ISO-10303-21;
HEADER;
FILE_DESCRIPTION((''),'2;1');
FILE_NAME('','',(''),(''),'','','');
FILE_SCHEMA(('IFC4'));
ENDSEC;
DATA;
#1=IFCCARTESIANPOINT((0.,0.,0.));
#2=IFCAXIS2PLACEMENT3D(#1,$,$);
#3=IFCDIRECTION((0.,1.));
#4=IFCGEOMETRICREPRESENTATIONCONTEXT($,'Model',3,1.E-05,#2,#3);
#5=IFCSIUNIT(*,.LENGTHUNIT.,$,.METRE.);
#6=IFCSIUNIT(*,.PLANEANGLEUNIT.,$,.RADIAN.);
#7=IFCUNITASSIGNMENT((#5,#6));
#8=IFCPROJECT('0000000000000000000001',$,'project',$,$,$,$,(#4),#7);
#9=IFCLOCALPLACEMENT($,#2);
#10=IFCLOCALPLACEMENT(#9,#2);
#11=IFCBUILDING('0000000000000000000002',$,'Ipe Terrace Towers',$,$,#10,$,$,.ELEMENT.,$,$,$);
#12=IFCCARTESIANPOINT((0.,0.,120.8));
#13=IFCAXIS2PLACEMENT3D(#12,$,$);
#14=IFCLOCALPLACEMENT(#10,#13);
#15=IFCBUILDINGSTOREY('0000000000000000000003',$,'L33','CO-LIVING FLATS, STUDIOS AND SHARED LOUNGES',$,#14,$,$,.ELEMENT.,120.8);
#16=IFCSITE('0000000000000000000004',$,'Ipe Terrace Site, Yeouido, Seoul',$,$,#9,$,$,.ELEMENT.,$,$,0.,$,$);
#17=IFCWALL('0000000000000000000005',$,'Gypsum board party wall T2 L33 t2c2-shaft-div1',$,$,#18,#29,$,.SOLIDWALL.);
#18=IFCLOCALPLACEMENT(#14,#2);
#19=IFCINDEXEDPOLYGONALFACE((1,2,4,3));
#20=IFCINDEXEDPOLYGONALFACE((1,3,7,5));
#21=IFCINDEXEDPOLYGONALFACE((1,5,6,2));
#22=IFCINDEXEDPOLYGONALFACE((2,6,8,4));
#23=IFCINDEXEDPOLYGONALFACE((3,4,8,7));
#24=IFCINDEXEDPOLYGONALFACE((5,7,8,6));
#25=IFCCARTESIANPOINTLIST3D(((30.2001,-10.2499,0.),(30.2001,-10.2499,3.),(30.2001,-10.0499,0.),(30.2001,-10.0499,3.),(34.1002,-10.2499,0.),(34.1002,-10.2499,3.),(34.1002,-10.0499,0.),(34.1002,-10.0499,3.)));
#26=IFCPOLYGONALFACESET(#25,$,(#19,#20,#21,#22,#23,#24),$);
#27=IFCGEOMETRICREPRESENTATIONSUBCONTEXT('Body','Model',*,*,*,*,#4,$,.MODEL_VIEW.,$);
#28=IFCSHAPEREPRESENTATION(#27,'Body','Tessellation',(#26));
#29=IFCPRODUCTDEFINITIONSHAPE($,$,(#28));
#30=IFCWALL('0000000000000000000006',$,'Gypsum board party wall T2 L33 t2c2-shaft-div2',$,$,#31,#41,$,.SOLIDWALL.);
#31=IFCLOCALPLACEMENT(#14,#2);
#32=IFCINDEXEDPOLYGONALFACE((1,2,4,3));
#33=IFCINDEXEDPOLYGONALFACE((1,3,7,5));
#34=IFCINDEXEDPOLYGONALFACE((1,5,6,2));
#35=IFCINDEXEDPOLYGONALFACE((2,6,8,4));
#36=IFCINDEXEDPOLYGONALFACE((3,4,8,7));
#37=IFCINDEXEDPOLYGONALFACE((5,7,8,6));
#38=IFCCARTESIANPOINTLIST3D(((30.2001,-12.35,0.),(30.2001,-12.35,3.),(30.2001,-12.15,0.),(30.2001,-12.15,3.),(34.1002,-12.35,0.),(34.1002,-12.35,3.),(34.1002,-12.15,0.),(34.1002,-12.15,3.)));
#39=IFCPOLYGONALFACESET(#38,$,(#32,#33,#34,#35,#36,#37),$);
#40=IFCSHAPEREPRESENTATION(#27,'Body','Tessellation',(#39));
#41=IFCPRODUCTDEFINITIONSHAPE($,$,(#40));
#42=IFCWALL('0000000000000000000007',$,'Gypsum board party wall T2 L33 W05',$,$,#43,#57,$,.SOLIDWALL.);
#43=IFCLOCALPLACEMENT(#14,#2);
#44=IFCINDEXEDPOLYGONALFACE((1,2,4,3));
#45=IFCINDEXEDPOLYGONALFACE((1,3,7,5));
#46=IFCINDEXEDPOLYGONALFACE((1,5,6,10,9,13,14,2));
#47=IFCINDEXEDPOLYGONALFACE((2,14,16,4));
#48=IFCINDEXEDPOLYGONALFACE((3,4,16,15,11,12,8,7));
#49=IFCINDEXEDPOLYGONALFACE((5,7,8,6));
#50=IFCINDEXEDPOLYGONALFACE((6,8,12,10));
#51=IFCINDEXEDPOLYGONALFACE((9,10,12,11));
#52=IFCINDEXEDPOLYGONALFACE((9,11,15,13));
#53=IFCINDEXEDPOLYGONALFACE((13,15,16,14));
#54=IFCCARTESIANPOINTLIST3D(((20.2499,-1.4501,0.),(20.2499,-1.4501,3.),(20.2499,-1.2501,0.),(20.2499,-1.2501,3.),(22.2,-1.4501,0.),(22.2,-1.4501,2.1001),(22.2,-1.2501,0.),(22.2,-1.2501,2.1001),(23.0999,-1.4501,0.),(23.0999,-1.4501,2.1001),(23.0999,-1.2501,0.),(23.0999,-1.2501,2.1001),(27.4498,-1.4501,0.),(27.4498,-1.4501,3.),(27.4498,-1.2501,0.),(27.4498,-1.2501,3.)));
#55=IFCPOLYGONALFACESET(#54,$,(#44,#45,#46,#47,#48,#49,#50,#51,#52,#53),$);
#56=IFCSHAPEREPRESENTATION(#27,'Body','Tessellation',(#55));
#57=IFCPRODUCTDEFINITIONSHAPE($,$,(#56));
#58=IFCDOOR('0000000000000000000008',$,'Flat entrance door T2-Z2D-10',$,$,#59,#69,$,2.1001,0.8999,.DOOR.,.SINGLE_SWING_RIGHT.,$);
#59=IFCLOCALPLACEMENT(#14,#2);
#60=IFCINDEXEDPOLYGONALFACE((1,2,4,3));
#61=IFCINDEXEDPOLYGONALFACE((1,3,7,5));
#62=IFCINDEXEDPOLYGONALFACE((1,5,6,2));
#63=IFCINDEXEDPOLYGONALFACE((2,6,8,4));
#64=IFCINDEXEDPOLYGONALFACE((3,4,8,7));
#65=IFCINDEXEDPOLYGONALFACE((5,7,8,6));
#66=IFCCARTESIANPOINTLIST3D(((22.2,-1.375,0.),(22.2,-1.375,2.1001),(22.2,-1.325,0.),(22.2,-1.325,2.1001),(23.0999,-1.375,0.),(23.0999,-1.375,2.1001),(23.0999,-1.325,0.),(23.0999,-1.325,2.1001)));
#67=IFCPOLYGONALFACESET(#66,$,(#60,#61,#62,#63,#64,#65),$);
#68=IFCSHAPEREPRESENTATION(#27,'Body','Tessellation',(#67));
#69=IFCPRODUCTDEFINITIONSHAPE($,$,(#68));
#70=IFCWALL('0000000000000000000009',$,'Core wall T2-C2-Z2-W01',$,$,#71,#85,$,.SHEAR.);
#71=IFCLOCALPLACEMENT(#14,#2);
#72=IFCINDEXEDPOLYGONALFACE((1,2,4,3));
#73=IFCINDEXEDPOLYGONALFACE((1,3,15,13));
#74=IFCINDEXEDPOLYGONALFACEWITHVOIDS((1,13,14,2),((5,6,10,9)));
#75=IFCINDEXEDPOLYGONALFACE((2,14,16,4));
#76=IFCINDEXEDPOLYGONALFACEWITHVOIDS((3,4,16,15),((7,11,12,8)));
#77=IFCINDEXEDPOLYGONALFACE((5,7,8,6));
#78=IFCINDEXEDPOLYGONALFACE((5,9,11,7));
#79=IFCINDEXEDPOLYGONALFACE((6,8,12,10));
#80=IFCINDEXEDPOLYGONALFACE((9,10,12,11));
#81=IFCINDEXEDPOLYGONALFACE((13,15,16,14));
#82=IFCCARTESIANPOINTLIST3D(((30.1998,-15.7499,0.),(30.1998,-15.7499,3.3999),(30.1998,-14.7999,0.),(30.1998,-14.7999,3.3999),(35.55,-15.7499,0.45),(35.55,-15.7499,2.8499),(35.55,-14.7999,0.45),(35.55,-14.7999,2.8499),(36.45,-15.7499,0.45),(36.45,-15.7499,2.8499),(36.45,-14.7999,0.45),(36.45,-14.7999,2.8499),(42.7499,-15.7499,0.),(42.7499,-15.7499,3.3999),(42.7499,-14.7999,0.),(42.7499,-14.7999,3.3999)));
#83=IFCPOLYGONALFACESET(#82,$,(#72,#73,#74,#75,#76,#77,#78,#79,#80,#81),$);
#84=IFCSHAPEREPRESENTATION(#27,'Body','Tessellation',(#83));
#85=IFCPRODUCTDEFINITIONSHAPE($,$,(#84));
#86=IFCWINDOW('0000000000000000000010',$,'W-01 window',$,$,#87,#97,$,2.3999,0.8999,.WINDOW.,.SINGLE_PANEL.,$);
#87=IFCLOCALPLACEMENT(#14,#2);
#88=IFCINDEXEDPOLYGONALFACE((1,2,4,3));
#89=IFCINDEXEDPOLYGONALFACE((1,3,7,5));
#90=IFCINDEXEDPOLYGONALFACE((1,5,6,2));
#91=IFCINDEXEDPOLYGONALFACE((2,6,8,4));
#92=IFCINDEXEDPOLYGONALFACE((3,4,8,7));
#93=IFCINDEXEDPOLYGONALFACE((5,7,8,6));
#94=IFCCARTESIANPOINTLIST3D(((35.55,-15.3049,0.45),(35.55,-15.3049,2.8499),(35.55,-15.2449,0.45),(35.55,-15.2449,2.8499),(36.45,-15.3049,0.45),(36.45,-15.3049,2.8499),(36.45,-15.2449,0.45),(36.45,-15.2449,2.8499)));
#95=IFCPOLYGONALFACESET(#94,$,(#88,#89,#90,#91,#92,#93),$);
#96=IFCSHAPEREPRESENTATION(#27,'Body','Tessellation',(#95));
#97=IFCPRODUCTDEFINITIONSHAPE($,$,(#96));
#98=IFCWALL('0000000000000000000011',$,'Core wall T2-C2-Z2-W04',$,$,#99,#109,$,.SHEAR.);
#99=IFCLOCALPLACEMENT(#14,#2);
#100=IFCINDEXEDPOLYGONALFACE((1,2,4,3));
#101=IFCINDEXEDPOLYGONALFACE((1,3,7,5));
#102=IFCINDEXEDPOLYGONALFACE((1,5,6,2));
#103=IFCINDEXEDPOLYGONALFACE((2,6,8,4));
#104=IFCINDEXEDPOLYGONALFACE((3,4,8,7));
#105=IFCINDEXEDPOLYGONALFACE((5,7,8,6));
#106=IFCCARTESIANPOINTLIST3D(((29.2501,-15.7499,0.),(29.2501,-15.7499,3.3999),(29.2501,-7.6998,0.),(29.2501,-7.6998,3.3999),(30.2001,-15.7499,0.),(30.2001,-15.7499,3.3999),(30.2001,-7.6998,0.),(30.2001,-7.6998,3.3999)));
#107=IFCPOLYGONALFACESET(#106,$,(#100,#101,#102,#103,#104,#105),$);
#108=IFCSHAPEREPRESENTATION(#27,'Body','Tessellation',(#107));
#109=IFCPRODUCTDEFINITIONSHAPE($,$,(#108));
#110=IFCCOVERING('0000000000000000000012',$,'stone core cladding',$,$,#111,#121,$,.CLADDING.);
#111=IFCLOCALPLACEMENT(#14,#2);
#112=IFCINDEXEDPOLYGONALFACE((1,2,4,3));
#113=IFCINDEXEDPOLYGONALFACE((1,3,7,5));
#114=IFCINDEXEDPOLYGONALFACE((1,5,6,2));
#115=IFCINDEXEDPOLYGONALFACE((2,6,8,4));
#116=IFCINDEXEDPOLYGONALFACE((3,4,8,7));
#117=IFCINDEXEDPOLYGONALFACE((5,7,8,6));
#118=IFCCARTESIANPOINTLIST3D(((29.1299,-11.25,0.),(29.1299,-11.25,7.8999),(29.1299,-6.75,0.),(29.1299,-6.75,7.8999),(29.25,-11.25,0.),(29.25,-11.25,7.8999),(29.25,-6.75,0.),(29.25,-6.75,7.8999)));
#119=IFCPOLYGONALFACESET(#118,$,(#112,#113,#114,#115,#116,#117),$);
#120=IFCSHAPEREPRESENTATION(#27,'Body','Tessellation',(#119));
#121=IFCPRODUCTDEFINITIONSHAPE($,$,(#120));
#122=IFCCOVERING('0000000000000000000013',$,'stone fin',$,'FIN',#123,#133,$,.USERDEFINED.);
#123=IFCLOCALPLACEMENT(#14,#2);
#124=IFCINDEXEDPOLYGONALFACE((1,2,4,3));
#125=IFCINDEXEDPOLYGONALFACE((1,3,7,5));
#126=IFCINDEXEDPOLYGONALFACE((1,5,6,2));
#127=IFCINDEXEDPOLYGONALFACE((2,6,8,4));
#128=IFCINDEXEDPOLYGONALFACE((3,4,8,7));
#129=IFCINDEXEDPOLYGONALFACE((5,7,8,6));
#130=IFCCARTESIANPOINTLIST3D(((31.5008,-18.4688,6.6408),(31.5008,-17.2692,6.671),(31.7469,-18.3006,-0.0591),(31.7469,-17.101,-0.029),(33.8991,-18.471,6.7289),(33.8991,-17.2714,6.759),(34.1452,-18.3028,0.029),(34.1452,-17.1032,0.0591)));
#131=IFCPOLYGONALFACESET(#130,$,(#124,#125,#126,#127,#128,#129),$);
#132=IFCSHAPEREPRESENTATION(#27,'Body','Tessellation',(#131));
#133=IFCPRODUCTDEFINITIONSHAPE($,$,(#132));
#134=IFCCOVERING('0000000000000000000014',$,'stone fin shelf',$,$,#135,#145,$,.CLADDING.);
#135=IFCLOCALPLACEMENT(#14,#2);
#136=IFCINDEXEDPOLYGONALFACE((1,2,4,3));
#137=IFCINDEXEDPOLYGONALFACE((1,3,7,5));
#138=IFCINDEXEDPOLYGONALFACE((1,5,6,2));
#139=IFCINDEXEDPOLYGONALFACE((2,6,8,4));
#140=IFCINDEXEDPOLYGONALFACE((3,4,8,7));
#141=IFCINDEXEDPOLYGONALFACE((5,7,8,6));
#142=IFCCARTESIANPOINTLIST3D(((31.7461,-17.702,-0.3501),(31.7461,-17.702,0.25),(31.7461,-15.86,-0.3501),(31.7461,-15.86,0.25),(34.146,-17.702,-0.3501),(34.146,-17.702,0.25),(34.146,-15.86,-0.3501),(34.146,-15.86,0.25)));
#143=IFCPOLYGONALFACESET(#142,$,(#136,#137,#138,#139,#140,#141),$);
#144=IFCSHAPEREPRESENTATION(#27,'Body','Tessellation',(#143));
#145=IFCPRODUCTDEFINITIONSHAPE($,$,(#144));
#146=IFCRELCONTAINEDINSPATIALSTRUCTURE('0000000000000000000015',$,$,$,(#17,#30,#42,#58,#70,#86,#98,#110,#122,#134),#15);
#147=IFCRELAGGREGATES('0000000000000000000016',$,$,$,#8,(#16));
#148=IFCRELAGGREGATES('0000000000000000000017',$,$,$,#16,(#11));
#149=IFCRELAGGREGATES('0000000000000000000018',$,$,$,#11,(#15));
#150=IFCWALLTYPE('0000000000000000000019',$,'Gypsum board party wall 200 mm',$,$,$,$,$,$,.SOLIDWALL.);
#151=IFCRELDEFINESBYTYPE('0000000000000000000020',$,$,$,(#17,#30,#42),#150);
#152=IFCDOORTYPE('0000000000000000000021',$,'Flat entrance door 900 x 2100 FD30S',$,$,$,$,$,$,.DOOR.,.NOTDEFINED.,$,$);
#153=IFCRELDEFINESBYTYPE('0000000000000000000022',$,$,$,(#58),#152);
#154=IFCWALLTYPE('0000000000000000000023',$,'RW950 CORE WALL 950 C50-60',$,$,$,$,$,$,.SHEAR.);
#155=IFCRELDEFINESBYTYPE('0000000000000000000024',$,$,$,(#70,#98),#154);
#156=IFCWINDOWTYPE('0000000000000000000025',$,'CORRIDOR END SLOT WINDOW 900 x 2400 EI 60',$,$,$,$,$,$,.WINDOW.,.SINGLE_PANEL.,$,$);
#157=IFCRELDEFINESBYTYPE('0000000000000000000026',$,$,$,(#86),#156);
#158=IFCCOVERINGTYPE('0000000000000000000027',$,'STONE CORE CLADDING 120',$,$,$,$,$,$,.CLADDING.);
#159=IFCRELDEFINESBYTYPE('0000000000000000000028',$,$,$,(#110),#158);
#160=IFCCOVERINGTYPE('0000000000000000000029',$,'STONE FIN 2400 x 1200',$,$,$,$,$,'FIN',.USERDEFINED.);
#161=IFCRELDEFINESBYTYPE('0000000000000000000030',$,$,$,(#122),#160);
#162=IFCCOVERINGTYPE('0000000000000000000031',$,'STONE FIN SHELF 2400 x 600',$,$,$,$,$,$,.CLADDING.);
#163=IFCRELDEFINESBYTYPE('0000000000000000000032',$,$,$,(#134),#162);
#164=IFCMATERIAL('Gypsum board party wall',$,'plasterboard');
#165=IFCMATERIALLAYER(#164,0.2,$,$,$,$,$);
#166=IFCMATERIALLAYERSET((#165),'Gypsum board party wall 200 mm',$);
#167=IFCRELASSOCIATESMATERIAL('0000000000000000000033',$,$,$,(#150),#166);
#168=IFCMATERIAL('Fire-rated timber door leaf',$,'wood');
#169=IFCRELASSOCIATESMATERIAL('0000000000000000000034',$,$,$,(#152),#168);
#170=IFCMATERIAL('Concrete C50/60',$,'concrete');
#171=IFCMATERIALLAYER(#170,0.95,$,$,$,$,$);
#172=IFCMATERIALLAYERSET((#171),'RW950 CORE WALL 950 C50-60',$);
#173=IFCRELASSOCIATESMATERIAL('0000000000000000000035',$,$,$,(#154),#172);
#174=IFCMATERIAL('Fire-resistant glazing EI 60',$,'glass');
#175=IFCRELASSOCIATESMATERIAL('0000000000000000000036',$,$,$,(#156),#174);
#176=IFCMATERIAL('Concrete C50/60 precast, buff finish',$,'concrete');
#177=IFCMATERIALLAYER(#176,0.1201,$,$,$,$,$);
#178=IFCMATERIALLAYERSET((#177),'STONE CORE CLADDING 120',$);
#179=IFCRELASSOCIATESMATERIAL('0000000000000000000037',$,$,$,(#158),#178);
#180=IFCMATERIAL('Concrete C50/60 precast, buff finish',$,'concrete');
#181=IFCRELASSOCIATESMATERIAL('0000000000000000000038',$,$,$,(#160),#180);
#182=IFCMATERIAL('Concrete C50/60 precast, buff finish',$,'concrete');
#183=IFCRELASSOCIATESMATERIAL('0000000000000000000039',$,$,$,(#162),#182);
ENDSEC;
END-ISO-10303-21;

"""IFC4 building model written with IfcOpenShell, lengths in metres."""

from ifc_helpers import new_model, si_unit, direction, frame, frame_2d, origin, origin_2d, place, context, subcontext, project, spatial, rectangle, extrude, material, layer, layer_set, material_profile, profile_set, type_object, element, fill, save


model = new_model("IFC4")

# Units and contexts
model_context = context("Model", 3, precision=1e-05, world=origin(), true_north=direction((0.0, 1.0)))
body_context = subcontext(model_context, "Body", "Model", "MODEL_VIEW")
ifc_project = project(units=[si_unit("LENGTHUNIT", "METRE"), si_unit("PLANEANGLEUNIT", "RADIAN")], contexts=[model_context])

# Site, building, storey
site_placement = place(None, origin())
site = spatial("IfcSite", under=ifc_project, at=site_placement, Name="Ipe Terrace Site, Yeouido, Seoul", CompositionType="ELEMENT", RefElevation=0.0)
building_placement = place(site_placement, origin())
building = spatial("IfcBuilding", under=site, at=building_placement, Name="Ipe Terrace Towers", CompositionType="ELEMENT")
storey_placement = place(building_placement, frame((0.0, 0.0, 120.8)))
storey = spatial("IfcBuildingStorey", under=building, at=storey_placement, Name="L33", Description="CO-LIVING FLATS, STUDIOS AND SHARED LOUNGES", CompositionType="ELEMENT", Elevation=120.8)

# Walls
ifc_material_1 = material(Name="Gypsum board party wall", Category="plasterboard")
ifc_layer_1 = layer(ifc_material_1, 0.2)
ifc_layer_set_1 = layer_set([ifc_layer_1], Name="Gypsum board party wall 200 mm")
wall_type_1 = type_object("IfcWallType", Name="Gypsum board party wall 200 mm", PredefinedType="SOLIDWALL", material=ifc_layer_set_1)
for number, where, z_axis, x_axis, name in (
    (1, (30.2, -10.1499, 0.0), (0.0, 0.0, 1.0), (1.0, 0.0, 0.0), "Gypsum board party wall T2 L33 t2c2-shaft-div1"),
    (2, (30.2, -12.25, 0.0), (0.0, 0.0, 1.0), (1.0, 0.0, 0.0), "Gypsum board party wall T2 L33 t2c2-shaft-div2"),
):
    element("IfcWall", number, at=place(storey_placement, frame(where, z_axis=z_axis, x_axis=x_axis)), inside=storey, type_object=wall_type_1, Name=name, PredefinedType="SOLIDWALL", context=body_context, shape_type="SweptSolid", body=[
        extrude(rectangle(XDim=3.9001, YDim=0.2, at=frame_2d((1.9502, 0.0))), origin(), (0.0, 0.0, 1.0), 3.0),
    ])

# Wall, opening, door
wall_1_placement = place(storey_placement, frame((27.45, -1.3501, 0.0), z_axis=(0.0, 0.0, 1.0), x_axis=(-1.0, 0.0, 0.0)))
wall_1 = element("IfcWall", 3, at=wall_1_placement, inside=storey, type_object=wall_type_1, Name="Gypsum board party wall T2 L33 W05", PredefinedType="SOLIDWALL", context=body_context, shape_type="SweptSolid", body=[
    extrude(rectangle(XDim=7.2, YDim=0.2, at=frame_2d((3.6001, 0.0))), origin(), (0.0, 0.0, 1.0), 3.0),
])
opening_1_placement = place(wall_1_placement, frame((4.3501, 0.0, 0.0)))
opening_1 = element("IfcOpeningElement", 4, at=opening_1_placement, cuts=wall_1, PredefinedType="OPENING", context=body_context, shape_type="SweptSolid", body=[
    extrude(rectangle(XDim=0.8999, YDim=2.1001, at=frame_2d((0.45, 1.05))), frame((0.0, 0.1099, 0.0), z_axis=(0.0, -1.0, 0.0), x_axis=(1.0, 0.0, 0.0)), (0.0, 0.0, 1.0), 0.22),
])
ifc_material_2 = material(Name="Fire-rated timber door leaf", Category="wood")
door_type_1 = type_object("IfcDoorType", Name="Flat entrance door 900 x 2100 FD30S", OperationType="NOTDEFINED", PredefinedType="DOOR", material=ifc_material_2)
door_1_placement = place(opening_1_placement, origin())
door_1 = element("IfcDoor", 5, at=door_1_placement, inside=storey, type_object=door_type_1, Name="Flat entrance door T2-Z2D-10", OperationType="SINGLE_SWING_RIGHT", OverallHeight=2.1001, OverallWidth=0.8999, PredefinedType="DOOR", context=body_context, shape_type="SweptSolid", body=[
    extrude(rectangle(XDim=0.8999, YDim=2.1001, at=frame_2d((0.45, 1.05))), frame((0.0, 0.0249, 0.0), z_axis=(0.0, -1.0, 0.0), x_axis=(1.0, 0.0, 0.0)), (0.0, 0.0, 1.0), 0.05),
])
fill(opening_1, door_1)

# Wall, opening, window
ifc_material_3 = material(Name="Concrete C50/60", Category="concrete")
ifc_layer_2 = layer(ifc_material_3, 0.95)
ifc_layer_set_2 = layer_set([ifc_layer_2], Name="RW950 CORE WALL 950 C50-60")
wall_type_2 = type_object("IfcWallType", Name="RW950 CORE WALL 950 C50-60", PredefinedType="SHEAR", material=ifc_layer_set_2)
wall_2_placement = place(storey_placement, frame((30.2, -15.2749, 0.0), z_axis=(0.0, 0.0, 1.0), x_axis=(1.0, 0.0, 0.0)))
wall_2 = element("IfcWall", 6, at=wall_2_placement, inside=storey, type_object=wall_type_2, Name="Core wall T2-C2-Z2-W01", PredefinedType="SHEAR", context=body_context, shape_type="SweptSolid", body=[
    extrude(rectangle(XDim=12.55, YDim=0.95, at=frame_2d((6.2749, 0.0))), origin(), (0.0, 0.0, 1.0), 3.3999),
])
opening_2_placement = place(wall_2_placement, frame((5.3501, 0.0, 0.45)))
opening_2 = element("IfcOpeningElement", 7, at=opening_2_placement, cuts=wall_2, PredefinedType="OPENING", context=body_context, shape_type="SweptSolid", body=[
    extrude(rectangle(XDim=0.8999, YDim=2.3999, at=frame_2d((0.45, 1.2))), frame((0.0, 0.4849, 0.0), z_axis=(0.0, -1.0, 0.0), x_axis=(1.0, 0.0, 0.0)), (0.0, 0.0, 1.0), 0.97),
])
ifc_material_4 = material(Name="Fire-resistant glazing EI 60", Category="glass")
window_type = type_object("IfcWindowType", Name="CORRIDOR END SLOT WINDOW 900 x 2400 EI 60", PartitioningType="SINGLE_PANEL", PredefinedType="WINDOW", material=ifc_material_4)
window_placement = place(opening_2_placement, origin())
window = element("IfcWindow", 8, at=window_placement, inside=storey, type_object=window_type, Name="W-01 window", OverallHeight=2.3999, OverallWidth=0.8999, PartitioningType="SINGLE_PANEL", PredefinedType="WINDOW", context=body_context, shape_type="SweptSolid", body=[
    extrude(rectangle(XDim=0.8999, YDim=2.3999, at=frame_2d((0.45, 1.2))), frame((0.0, 0.03, 0.0), z_axis=(0.0, -1.0, 0.0), x_axis=(1.0, 0.0, 0.0)), (0.0, 0.0, 1.0), 0.0601),
])
fill(opening_2, window)

# Wall
wall_3_placement = place(storey_placement, frame((29.7251, -7.7, 0.0), z_axis=(0.0, 0.0, 1.0), x_axis=(0.0, -1.0, 0.0)))
element("IfcWall", 9, at=wall_3_placement, inside=storey, type_object=wall_type_2, Name="Core wall T2-C2-Z2-W04", PredefinedType="SHEAR", context=body_context, shape_type="SweptSolid", body=[
    extrude(rectangle(XDim=8.05, YDim=0.95, at=frame_2d((4.0249, 0.0))), origin(), (0.0, 0.0, 1.0), 3.3999),
])

# Coverings
ifc_material_5 = material(Name="Concrete C50/60 precast, buff finish", Category="concrete")
ifc_layer_3 = layer(ifc_material_5, 0.1201)
ifc_layer_set_3 = layer_set([ifc_layer_3], Name="STONE CORE CLADDING 120")
covering_type_1 = type_object("IfcCoveringType", Name="STONE CORE CLADDING 120", PredefinedType="CLADDING", material=ifc_layer_set_3)
covering_1_placement = place(storey_placement, frame((29.1899, -9.0, 0.0), z_axis=(0.0, 0.0, 1.0), x_axis=(0.0, -1.0, 0.0)))
element("IfcCovering", 10, at=covering_1_placement, inside=storey, type_object=covering_type_1, Name="stone core cladding", PredefinedType="CLADDING", context=body_context, shape_type="SweptSolid", body=[
    extrude(rectangle(XDim=4.5, YDim=0.1201, at=origin_2d()), origin(), (0.0, 0.0, 1.0), 7.8999),
])
ifc_material_6 = material(Name="Concrete C50/60 precast, buff finish", Category="concrete")
ifc_material_profile_1 = material_profile(ifc_material_6, rectangle(XDim=2.3999, YDim=1.2, at=origin_2d()), Name="STONE FIN 2400 x 1200")
ifc_profile_set_1 = profile_set([ifc_material_profile_1], Name="Concrete C50/60 precast, buff finish")
covering_type_2 = type_object("IfcCoveringType", Name="STONE FIN 2400 x 1200", ElementType="FIN", PredefinedType="USERDEFINED", material=ifc_profile_set_1)
covering_2_placement = place(storey_placement, frame((32.946, -17.7019, 0.0), z_axis=(-0.036694, -0.025082, 0.999012), x_axis=(0.999327, -0.000921, 0.036683)))
element("IfcCovering", 11, at=covering_2_placement, inside=storey, type_object=covering_type_2, Name="stone fin", ObjectType="FIN", PredefinedType="USERDEFINED", context=body_context, shape_type="SweptSolid", body=[
    extrude(rectangle(XDim=2.3999, YDim=1.2, at=origin_2d()), origin(), (0.0, 0.0, 1.0), 6.7065),
])
ifc_material_7 = material(Name="Concrete C50/60 precast, buff finish", Category="concrete")
covering_type_3 = type_object("IfcCoveringType", Name="STONE FIN SHELF 2400 x 600", PredefinedType="CLADDING", material=ifc_material_7)
covering_3_placement = place(storey_placement, frame((32.946, -16.781, -0.3501), z_axis=(0.0, 0.0, 1.0), x_axis=(1.0, 0.0, 0.0)))
element("IfcCovering", 12, at=covering_3_placement, inside=storey, type_object=covering_type_3, Name="stone fin shelf", PredefinedType="CLADDING", context=body_context, shape_type="SweptSolid", body=[
    extrude(rectangle(XDim=2.3999, YDim=1.842, at=origin_2d()), origin(), (0.0, 0.0, 1.0), 0.6001),
])

save(model, "model.ifc")
